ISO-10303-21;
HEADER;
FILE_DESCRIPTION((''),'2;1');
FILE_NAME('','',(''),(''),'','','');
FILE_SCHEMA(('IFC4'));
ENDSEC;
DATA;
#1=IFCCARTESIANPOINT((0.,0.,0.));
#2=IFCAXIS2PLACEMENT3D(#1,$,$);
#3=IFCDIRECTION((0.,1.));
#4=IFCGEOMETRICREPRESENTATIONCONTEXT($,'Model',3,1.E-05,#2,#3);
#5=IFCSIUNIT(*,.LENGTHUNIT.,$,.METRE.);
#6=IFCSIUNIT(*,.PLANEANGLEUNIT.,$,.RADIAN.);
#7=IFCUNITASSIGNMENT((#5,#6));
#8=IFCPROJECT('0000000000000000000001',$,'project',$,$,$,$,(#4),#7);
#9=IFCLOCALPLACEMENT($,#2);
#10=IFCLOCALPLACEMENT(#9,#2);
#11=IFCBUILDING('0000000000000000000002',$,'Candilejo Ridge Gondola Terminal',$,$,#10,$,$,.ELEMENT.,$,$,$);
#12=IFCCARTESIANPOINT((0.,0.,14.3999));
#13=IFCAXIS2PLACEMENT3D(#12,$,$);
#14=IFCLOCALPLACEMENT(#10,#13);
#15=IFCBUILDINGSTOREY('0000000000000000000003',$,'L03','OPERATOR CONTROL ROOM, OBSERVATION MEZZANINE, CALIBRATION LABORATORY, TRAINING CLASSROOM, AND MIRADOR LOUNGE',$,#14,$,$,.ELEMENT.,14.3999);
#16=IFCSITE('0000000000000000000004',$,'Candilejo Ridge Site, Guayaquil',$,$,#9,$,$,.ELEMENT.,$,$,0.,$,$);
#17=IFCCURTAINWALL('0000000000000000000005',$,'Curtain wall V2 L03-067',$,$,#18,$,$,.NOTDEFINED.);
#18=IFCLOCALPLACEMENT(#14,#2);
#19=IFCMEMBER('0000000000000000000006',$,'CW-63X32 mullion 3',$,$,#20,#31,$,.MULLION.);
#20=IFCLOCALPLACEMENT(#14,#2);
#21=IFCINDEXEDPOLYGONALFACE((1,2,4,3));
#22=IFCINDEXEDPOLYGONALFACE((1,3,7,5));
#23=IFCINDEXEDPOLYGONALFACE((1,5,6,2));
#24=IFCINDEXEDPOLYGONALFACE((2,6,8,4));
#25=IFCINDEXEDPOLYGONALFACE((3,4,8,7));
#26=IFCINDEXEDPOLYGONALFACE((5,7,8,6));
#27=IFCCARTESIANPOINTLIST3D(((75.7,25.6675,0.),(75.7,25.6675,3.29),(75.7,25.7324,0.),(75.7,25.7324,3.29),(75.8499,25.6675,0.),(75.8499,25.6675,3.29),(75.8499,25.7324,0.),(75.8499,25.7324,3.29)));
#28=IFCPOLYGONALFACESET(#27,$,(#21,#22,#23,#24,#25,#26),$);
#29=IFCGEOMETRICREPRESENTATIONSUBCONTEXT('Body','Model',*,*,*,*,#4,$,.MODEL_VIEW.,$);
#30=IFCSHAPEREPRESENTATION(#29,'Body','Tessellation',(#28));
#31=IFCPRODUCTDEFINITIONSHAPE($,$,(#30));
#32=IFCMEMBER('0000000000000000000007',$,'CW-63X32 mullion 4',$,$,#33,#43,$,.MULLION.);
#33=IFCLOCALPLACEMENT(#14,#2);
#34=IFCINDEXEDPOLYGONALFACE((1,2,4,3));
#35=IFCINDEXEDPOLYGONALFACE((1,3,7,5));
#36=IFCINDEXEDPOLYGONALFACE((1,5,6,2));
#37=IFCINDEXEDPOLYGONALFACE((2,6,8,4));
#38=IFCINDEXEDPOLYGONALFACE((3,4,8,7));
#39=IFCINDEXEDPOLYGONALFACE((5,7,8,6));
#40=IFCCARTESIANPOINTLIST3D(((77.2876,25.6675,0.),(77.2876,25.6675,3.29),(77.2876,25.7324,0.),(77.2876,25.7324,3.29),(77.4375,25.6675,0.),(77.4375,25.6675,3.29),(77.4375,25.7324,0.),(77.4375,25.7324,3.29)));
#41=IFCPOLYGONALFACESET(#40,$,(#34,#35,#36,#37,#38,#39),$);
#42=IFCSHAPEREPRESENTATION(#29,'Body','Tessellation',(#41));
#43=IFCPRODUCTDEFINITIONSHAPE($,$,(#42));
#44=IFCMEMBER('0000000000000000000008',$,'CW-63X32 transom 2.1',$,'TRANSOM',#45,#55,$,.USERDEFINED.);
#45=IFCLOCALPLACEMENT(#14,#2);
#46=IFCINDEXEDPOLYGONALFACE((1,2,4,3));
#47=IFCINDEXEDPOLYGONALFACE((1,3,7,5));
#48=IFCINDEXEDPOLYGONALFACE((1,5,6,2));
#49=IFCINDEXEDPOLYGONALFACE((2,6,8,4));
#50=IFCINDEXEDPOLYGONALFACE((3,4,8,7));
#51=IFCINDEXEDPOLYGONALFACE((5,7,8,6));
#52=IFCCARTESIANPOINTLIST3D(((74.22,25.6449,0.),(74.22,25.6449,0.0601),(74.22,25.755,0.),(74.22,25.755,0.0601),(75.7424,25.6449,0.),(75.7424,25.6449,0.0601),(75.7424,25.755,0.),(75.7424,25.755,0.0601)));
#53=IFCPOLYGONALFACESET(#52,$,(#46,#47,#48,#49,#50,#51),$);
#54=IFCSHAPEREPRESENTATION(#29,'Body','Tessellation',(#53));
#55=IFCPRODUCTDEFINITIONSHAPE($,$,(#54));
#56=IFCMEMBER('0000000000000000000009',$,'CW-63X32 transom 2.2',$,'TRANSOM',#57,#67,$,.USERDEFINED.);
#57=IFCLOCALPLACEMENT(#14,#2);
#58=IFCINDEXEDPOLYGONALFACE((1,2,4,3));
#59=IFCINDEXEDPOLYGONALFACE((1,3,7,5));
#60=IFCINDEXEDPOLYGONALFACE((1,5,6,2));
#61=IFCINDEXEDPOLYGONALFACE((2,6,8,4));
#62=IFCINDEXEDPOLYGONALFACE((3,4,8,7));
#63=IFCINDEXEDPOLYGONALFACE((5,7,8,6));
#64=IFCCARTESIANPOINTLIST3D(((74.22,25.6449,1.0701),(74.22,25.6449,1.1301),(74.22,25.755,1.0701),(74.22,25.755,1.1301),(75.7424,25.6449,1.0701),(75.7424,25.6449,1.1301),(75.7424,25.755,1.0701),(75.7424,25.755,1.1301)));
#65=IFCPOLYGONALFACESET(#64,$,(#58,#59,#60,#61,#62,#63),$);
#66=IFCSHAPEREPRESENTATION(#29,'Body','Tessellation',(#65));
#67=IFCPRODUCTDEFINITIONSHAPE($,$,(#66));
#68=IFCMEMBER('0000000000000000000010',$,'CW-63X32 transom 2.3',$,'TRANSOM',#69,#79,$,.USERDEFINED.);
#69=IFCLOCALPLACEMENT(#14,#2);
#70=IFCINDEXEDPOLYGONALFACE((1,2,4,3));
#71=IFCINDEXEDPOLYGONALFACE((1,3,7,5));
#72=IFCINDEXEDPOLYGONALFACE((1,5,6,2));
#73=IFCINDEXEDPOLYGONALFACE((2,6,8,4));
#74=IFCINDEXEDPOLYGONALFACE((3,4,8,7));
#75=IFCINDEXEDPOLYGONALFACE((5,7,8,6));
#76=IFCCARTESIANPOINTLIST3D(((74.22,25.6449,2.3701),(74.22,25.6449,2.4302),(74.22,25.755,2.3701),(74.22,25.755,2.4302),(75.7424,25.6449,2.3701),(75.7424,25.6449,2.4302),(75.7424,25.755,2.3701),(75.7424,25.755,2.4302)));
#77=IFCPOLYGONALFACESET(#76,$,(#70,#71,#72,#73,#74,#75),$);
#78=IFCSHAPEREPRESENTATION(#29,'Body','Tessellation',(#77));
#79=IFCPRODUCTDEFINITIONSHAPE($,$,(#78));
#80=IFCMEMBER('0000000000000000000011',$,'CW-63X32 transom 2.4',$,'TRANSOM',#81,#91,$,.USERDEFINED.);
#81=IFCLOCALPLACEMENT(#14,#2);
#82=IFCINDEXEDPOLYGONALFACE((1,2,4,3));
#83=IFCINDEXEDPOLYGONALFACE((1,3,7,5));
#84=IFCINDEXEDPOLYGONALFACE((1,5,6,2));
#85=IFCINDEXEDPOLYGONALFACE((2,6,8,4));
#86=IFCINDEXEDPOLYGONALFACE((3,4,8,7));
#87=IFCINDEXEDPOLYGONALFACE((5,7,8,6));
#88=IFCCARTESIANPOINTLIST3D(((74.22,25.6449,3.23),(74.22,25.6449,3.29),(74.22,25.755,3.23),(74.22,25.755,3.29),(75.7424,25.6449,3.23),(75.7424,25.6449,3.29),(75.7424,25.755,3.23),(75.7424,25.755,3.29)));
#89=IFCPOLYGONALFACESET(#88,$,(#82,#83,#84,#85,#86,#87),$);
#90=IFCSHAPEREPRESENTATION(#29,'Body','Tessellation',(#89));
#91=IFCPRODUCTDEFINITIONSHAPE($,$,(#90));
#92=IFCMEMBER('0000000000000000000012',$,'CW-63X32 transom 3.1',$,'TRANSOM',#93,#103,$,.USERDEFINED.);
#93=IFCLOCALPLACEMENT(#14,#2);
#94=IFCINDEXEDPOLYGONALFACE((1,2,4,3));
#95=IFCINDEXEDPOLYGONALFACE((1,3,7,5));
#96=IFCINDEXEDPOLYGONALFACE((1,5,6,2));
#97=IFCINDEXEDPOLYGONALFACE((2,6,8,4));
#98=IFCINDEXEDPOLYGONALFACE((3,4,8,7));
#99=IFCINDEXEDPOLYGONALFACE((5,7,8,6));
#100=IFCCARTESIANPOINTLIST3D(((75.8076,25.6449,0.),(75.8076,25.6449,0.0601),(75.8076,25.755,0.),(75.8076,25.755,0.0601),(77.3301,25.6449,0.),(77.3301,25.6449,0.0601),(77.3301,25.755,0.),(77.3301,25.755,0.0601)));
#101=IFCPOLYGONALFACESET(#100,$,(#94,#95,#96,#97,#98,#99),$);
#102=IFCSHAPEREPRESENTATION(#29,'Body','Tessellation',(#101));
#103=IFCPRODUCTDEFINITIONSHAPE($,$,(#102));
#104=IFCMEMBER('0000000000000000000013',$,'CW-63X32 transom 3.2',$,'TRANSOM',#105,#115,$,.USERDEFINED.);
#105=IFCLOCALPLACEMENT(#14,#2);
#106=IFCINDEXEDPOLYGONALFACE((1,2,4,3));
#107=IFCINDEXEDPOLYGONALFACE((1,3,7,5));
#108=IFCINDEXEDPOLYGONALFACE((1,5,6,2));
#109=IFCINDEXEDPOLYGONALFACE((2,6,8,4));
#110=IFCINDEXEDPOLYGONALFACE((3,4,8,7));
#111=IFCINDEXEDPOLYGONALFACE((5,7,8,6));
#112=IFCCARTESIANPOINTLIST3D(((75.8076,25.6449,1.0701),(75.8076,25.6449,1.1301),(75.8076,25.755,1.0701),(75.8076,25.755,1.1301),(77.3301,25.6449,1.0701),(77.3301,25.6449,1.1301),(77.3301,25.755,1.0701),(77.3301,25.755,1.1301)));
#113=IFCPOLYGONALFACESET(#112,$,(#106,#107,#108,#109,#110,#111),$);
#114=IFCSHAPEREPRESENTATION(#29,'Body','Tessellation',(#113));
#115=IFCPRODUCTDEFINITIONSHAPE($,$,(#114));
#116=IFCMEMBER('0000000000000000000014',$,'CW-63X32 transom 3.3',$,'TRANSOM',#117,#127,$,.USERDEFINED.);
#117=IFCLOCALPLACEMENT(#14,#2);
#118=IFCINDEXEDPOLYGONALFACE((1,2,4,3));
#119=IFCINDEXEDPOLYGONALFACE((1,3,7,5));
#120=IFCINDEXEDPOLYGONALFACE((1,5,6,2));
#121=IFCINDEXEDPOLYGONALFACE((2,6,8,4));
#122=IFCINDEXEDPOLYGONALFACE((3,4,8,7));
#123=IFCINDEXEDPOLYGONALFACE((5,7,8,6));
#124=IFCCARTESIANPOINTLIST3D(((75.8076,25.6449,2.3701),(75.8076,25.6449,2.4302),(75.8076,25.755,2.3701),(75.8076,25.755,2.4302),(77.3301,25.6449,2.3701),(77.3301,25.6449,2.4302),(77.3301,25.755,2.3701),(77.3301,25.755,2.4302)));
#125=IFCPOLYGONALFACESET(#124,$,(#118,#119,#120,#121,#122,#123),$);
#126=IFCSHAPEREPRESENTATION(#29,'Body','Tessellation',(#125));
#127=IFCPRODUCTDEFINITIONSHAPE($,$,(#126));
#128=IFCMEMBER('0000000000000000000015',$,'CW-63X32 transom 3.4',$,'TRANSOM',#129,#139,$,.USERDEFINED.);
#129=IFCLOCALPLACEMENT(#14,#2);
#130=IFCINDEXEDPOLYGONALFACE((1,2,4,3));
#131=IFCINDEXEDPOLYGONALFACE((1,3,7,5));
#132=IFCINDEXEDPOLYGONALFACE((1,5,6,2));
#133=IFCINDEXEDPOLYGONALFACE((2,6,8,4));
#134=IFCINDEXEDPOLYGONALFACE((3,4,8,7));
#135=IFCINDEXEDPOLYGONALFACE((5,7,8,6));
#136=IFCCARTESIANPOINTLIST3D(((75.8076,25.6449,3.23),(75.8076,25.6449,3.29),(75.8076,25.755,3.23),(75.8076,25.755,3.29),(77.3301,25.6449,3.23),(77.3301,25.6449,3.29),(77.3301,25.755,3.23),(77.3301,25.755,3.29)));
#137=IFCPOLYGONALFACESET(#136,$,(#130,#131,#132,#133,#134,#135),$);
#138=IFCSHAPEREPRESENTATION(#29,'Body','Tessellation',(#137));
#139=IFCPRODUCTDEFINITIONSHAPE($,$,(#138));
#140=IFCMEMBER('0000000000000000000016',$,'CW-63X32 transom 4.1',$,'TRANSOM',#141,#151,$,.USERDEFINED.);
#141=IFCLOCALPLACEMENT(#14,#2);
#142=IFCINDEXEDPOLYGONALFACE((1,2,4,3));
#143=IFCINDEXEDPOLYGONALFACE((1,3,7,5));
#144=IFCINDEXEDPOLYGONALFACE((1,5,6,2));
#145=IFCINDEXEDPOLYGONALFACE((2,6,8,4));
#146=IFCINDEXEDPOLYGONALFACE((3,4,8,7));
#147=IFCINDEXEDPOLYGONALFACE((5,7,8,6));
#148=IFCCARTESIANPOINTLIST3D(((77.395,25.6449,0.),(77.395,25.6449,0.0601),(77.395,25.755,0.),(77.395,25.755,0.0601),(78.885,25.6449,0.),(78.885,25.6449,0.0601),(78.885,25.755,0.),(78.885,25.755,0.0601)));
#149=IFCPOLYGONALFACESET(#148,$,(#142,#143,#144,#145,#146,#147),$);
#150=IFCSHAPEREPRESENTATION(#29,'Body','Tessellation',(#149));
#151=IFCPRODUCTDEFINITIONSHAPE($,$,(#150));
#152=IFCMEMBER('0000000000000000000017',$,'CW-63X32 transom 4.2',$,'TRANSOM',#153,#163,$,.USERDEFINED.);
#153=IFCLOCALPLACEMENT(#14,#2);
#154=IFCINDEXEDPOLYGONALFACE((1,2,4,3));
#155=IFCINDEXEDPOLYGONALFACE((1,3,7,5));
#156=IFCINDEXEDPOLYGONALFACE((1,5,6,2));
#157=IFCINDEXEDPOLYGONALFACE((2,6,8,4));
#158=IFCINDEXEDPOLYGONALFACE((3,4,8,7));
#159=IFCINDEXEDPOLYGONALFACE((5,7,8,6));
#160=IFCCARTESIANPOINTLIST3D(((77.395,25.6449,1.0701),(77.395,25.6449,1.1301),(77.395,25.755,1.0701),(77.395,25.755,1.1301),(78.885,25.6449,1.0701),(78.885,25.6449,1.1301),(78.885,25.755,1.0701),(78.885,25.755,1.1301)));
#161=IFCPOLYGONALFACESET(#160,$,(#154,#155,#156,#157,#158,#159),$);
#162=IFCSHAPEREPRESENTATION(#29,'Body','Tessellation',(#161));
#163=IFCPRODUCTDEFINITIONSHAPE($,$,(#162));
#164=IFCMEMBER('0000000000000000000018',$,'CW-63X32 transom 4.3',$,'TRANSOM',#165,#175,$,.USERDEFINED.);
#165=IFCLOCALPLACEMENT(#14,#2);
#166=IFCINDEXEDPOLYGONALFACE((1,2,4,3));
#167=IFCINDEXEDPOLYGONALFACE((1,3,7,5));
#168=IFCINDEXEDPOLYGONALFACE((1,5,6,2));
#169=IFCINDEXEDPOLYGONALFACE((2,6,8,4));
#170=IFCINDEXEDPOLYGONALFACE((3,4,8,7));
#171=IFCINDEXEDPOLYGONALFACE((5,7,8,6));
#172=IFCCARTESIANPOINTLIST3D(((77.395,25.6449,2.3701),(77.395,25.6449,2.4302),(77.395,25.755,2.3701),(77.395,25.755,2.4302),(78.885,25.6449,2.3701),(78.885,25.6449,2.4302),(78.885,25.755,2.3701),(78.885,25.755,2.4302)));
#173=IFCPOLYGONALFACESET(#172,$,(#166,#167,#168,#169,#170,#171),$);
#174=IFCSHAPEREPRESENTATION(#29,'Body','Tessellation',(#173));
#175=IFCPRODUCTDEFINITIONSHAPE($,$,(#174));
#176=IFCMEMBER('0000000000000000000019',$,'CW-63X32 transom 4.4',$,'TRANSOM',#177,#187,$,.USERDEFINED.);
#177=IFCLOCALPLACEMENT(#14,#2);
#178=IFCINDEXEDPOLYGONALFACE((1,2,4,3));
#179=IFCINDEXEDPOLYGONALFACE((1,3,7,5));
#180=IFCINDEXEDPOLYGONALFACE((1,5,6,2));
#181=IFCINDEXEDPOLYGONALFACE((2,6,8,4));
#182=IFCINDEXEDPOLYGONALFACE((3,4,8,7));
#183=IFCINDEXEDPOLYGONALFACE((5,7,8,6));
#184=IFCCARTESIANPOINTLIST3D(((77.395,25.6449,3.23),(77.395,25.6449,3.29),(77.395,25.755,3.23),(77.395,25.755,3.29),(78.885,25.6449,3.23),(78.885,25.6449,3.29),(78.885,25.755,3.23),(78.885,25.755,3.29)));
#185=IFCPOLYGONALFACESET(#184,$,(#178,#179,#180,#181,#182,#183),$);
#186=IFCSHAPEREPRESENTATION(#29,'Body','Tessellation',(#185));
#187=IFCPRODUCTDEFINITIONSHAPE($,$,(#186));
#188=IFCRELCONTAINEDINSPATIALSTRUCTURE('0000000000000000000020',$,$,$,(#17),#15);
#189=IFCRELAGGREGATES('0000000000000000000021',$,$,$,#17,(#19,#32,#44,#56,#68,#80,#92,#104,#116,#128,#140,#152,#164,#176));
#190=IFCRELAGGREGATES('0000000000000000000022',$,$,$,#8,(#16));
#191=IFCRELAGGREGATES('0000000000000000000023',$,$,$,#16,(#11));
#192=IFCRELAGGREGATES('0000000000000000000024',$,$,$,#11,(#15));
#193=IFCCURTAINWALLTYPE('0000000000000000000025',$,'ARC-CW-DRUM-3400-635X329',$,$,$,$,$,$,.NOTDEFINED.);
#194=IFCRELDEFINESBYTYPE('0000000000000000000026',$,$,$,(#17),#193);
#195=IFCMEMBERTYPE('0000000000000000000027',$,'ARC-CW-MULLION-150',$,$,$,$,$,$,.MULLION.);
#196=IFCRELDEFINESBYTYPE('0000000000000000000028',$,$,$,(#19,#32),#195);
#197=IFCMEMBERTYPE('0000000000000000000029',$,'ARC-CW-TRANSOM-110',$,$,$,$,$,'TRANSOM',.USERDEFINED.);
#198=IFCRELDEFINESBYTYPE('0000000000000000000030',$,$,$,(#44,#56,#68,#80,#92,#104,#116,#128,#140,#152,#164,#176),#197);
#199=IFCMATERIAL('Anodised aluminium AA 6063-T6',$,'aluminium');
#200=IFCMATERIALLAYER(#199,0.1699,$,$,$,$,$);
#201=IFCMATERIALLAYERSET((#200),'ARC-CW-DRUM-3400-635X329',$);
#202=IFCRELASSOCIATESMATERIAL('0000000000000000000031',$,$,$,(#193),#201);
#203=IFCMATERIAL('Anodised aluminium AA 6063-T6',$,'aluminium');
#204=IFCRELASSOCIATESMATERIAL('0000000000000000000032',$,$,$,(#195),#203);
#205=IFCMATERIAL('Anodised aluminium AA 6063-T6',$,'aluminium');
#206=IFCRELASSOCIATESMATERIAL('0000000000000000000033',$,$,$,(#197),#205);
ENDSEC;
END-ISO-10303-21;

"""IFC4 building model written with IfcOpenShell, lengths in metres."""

from ifc_helpers import new_model, si_unit, direction, frame, origin, origin_2d, place, context, subcontext, project, spatial, rectangle, extrude, material, layer, layer_set, material_profile, profile_set, type_object, element, aggregate, save


model = new_model("IFC4")

# Units and contexts
model_context = context("Model", 3, precision=1e-05, world=origin(), true_north=direction((0.0, 1.0)))
body_context = subcontext(model_context, "Body", "Model", "MODEL_VIEW")
ifc_project = project(units=[si_unit("LENGTHUNIT", "METRE"), si_unit("PLANEANGLEUNIT", "RADIAN")], contexts=[model_context])

# Site, building, storey
site_placement = place(None, origin())
site = spatial("IfcSite", under=ifc_project, at=site_placement, Name="Candilejo Ridge Site, Guayaquil", CompositionType="ELEMENT", RefElevation=0.0)
building_placement = place(site_placement, origin())
building = spatial("IfcBuilding", under=site, at=building_placement, Name="Candilejo Ridge Gondola Terminal", CompositionType="ELEMENT")
storey_placement = place(building_placement, frame((0.0, 0.0, 14.3999)))
storey = spatial("IfcBuildingStorey", under=building, at=storey_placement, Name="L03", Description="OPERATOR CONTROL ROOM, OBSERVATION MEZZANINE, CALIBRATION LABORATORY, TRAINING CLASSROOM, AND MIRADOR LOUNGE", CompositionType="ELEMENT", Elevation=14.3999)

# Curtain wall, members
ifc_material_1 = material(Name="Anodised aluminium AA 6063-T6", Category="aluminium")
ifc_layer_1 = layer(ifc_material_1, 0.1699)
ifc_layer_set_1 = layer_set([ifc_layer_1], Name="ARC-CW-DRUM-3400-635X329")
curtain_wall_type = type_object("IfcCurtainWallType", Name="ARC-CW-DRUM-3400-635X329", PredefinedType="NOTDEFINED", material=ifc_layer_set_1)
curtain_wall_placement = place(storey_placement, origin())
curtain_wall = element("IfcCurtainWall", 1, at=curtain_wall_placement, inside=storey, type_object=curtain_wall_type, Name="Curtain wall V2 L03-067", PredefinedType="NOTDEFINED")
ifc_material_2 = material(Name="Anodised aluminium AA 6063-T6", Category="aluminium")
ifc_material_profile_1 = material_profile(ifc_material_2, rectangle(XDim=0.0649, YDim=0.1499, at=origin_2d()))
ifc_profile_set_1 = profile_set([ifc_material_profile_1], Name="Anodised aluminium AA 6063-T6")
member_type_1 = type_object("IfcMemberType", Name="ARC-CW-MULLION-150", PredefinedType="MULLION", material=ifc_profile_set_1)
member_1_placement = place(storey_placement, frame((75.7749, 25.7, 0.0), z_axis=(0.0, 0.0, 1.0), x_axis=(0.0, 1.0, 0.0)))
member_1 = element("IfcMember", 2, at=member_1_placement, type_object=member_type_1, Name="CW-63X32 mullion 3", PredefinedType="MULLION", context=body_context, shape_type="SweptSolid", body=[
    extrude(rectangle(XDim=0.0649, YDim=0.1499, at=origin_2d()), origin(), (0.0, 0.0, 1.0), 3.29),
])
member_2_placement = place(storey_placement, frame((77.3625, 25.7, 0.0), z_axis=(0.0, 0.0, 1.0), x_axis=(0.0, 1.0, 0.0)))
member_2 = element("IfcMember", 3, at=member_2_placement, type_object=member_type_1, Name="CW-63X32 mullion 4", PredefinedType="MULLION", context=body_context, shape_type="SweptSolid", body=[
    extrude(rectangle(XDim=0.0649, YDim=0.1499, at=origin_2d()), origin(), (0.0, 0.0, 1.0), 3.29),
])
ifc_material_3 = material(Name="Anodised aluminium AA 6063-T6", Category="aluminium")
ifc_material_profile_2 = material_profile(ifc_material_3, rectangle(XDim=0.1101, YDim=0.0601, at=origin_2d()))
ifc_profile_set_2 = profile_set([ifc_material_profile_2], Name="Anodised aluminium AA 6063-T6")
member_type_2 = type_object("IfcMemberType", Name="ARC-CW-TRANSOM-110", ElementType="TRANSOM", PredefinedType="USERDEFINED", material=ifc_profile_set_2)
member_3_placement = place(storey_placement, frame((74.22, 25.7, 0.03), z_axis=(1.0, 0.0, 0.0), x_axis=(0.0, 1.0, 0.0)))
member_3 = element("IfcMember", 4, at=member_3_placement, type_object=member_type_2, Name="CW-63X32 transom 2.1", ObjectType="TRANSOM", PredefinedType="USERDEFINED", context=body_context, shape_type="SweptSolid", body=[
    extrude(rectangle(XDim=0.1101, YDim=0.0601, at=origin_2d()), origin(), (0.0, 0.0, 1.0), 1.5225),
])
member_4_placement = place(storey_placement, frame((74.22, 25.7, 1.1001), z_axis=(1.0, 0.0, 0.0), x_axis=(0.0, 1.0, 0.0)))
member_4 = element("IfcMember", 5, at=member_4_placement, type_object=member_type_2, Name="CW-63X32 transom 2.2", ObjectType="TRANSOM", PredefinedType="USERDEFINED", context=body_context, shape_type="SweptSolid", body=[
    extrude(rectangle(XDim=0.1101, YDim=0.0601, at=origin_2d()), origin(), (0.0, 0.0, 1.0), 1.5225),
])
member_5_placement = place(storey_placement, frame((74.22, 25.7, 2.4001), z_axis=(1.0, 0.0, 0.0), x_axis=(0.0, 1.0, 0.0)))
member_5 = element("IfcMember", 6, at=member_5_placement, type_object=member_type_2, Name="CW-63X32 transom 2.3", ObjectType="TRANSOM", PredefinedType="USERDEFINED", context=body_context, shape_type="SweptSolid", body=[
    extrude(rectangle(XDim=0.1101, YDim=0.0601, at=origin_2d()), origin(), (0.0, 0.0, 1.0), 1.5225),
])
member_6_placement = place(storey_placement, frame((74.22, 25.7, 3.26), z_axis=(1.0, 0.0, 0.0), x_axis=(0.0, 1.0, 0.0)))
member_6 = element("IfcMember", 7, at=member_6_placement, type_object=member_type_2, Name="CW-63X32 transom 2.4", ObjectType="TRANSOM", PredefinedType="USERDEFINED", context=body_context, shape_type="SweptSolid", body=[
    extrude(rectangle(XDim=0.1101, YDim=0.0601, at=origin_2d()), origin(), (0.0, 0.0, 1.0), 1.5225),
])
member_7_placement = place(storey_placement, frame((75.8076, 25.7, 0.03), z_axis=(1.0, 0.0, 0.0), x_axis=(0.0, 1.0, 0.0)))
member_7 = element("IfcMember", 8, at=member_7_placement, type_object=member_type_2, Name="CW-63X32 transom 3.1", ObjectType="TRANSOM", PredefinedType="USERDEFINED", context=body_context, shape_type="SweptSolid", body=[
    extrude(rectangle(XDim=0.1101, YDim=0.0601, at=origin_2d()), origin(), (0.0, 0.0, 1.0), 1.5225),
])
member_8_placement = place(storey_placement, frame((75.8076, 25.7, 1.1001), z_axis=(1.0, 0.0, 0.0), x_axis=(0.0, 1.0, 0.0)))
member_8 = element("IfcMember", 9, at=member_8_placement, type_object=member_type_2, Name="CW-63X32 transom 3.2", ObjectType="TRANSOM", PredefinedType="USERDEFINED", context=body_context, shape_type="SweptSolid", body=[
    extrude(rectangle(XDim=0.1101, YDim=0.0601, at=origin_2d()), origin(), (0.0, 0.0, 1.0), 1.5225),
])
member_9_placement = place(storey_placement, frame((75.8076, 25.7, 2.4001), z_axis=(1.0, 0.0, 0.0), x_axis=(0.0, 1.0, 0.0)))
member_9 = element("IfcMember", 10, at=member_9_placement, type_object=member_type_2, Name="CW-63X32 transom 3.3", ObjectType="TRANSOM", PredefinedType="USERDEFINED", context=body_context, shape_type="SweptSolid", body=[
    extrude(rectangle(XDim=0.1101, YDim=0.0601, at=origin_2d()), origin(), (0.0, 0.0, 1.0), 1.5225),
])
member_10_placement = place(storey_placement, frame((75.8076, 25.7, 3.26), z_axis=(1.0, 0.0, 0.0), x_axis=(0.0, 1.0, 0.0)))
member_10 = element("IfcMember", 11, at=member_10_placement, type_object=member_type_2, Name="CW-63X32 transom 3.4", ObjectType="TRANSOM", PredefinedType="USERDEFINED", context=body_context, shape_type="SweptSolid", body=[
    extrude(rectangle(XDim=0.1101, YDim=0.0601, at=origin_2d()), origin(), (0.0, 0.0, 1.0), 1.5225),
])
member_11_placement = place(storey_placement, frame((77.395, 25.7, 0.03), z_axis=(1.0, 0.0, 0.0), x_axis=(0.0, 1.0, 0.0)))
member_11 = element("IfcMember", 12, at=member_11_placement, type_object=member_type_2, Name="CW-63X32 transom 4.1", ObjectType="TRANSOM", PredefinedType="USERDEFINED", context=body_context, shape_type="SweptSolid", body=[
    extrude(rectangle(XDim=0.1101, YDim=0.0601, at=origin_2d()), origin(), (0.0, 0.0, 1.0), 1.49),
])
member_12_placement = place(storey_placement, frame((77.395, 25.7, 1.1001), z_axis=(1.0, 0.0, 0.0), x_axis=(0.0, 1.0, 0.0)))
member_12 = element("IfcMember", 13, at=member_12_placement, type_object=member_type_2, Name="CW-63X32 transom 4.2", ObjectType="TRANSOM", PredefinedType="USERDEFINED", context=body_context, shape_type="SweptSolid", body=[
    extrude(rectangle(XDim=0.1101, YDim=0.0601, at=origin_2d()), origin(), (0.0, 0.0, 1.0), 1.49),
])
member_13_placement = place(storey_placement, frame((77.395, 25.7, 2.4001), z_axis=(1.0, 0.0, 0.0), x_axis=(0.0, 1.0, 0.0)))
member_13 = element("IfcMember", 14, at=member_13_placement, type_object=member_type_2, Name="CW-63X32 transom 4.3", ObjectType="TRANSOM", PredefinedType="USERDEFINED", context=body_context, shape_type="SweptSolid", body=[
    extrude(rectangle(XDim=0.1101, YDim=0.0601, at=origin_2d()), origin(), (0.0, 0.0, 1.0), 1.49),
])
member_14_placement = place(storey_placement, frame((77.395, 25.7, 3.26), z_axis=(1.0, 0.0, 0.0), x_axis=(0.0, 1.0, 0.0)))
member_14 = element("IfcMember", 15, at=member_14_placement, type_object=member_type_2, Name="CW-63X32 transom 4.4", ObjectType="TRANSOM", PredefinedType="USERDEFINED", context=body_context, shape_type="SweptSolid", body=[
    extrude(rectangle(XDim=0.1101, YDim=0.0601, at=origin_2d()), origin(), (0.0, 0.0, 1.0), 1.49),
])
aggregate(curtain_wall, [member_1, member_2, member_3, member_4, member_5, member_6, member_7, member_8, member_9, member_10, member_11, member_12, member_13, member_14])

save(model, "model.ifc")
